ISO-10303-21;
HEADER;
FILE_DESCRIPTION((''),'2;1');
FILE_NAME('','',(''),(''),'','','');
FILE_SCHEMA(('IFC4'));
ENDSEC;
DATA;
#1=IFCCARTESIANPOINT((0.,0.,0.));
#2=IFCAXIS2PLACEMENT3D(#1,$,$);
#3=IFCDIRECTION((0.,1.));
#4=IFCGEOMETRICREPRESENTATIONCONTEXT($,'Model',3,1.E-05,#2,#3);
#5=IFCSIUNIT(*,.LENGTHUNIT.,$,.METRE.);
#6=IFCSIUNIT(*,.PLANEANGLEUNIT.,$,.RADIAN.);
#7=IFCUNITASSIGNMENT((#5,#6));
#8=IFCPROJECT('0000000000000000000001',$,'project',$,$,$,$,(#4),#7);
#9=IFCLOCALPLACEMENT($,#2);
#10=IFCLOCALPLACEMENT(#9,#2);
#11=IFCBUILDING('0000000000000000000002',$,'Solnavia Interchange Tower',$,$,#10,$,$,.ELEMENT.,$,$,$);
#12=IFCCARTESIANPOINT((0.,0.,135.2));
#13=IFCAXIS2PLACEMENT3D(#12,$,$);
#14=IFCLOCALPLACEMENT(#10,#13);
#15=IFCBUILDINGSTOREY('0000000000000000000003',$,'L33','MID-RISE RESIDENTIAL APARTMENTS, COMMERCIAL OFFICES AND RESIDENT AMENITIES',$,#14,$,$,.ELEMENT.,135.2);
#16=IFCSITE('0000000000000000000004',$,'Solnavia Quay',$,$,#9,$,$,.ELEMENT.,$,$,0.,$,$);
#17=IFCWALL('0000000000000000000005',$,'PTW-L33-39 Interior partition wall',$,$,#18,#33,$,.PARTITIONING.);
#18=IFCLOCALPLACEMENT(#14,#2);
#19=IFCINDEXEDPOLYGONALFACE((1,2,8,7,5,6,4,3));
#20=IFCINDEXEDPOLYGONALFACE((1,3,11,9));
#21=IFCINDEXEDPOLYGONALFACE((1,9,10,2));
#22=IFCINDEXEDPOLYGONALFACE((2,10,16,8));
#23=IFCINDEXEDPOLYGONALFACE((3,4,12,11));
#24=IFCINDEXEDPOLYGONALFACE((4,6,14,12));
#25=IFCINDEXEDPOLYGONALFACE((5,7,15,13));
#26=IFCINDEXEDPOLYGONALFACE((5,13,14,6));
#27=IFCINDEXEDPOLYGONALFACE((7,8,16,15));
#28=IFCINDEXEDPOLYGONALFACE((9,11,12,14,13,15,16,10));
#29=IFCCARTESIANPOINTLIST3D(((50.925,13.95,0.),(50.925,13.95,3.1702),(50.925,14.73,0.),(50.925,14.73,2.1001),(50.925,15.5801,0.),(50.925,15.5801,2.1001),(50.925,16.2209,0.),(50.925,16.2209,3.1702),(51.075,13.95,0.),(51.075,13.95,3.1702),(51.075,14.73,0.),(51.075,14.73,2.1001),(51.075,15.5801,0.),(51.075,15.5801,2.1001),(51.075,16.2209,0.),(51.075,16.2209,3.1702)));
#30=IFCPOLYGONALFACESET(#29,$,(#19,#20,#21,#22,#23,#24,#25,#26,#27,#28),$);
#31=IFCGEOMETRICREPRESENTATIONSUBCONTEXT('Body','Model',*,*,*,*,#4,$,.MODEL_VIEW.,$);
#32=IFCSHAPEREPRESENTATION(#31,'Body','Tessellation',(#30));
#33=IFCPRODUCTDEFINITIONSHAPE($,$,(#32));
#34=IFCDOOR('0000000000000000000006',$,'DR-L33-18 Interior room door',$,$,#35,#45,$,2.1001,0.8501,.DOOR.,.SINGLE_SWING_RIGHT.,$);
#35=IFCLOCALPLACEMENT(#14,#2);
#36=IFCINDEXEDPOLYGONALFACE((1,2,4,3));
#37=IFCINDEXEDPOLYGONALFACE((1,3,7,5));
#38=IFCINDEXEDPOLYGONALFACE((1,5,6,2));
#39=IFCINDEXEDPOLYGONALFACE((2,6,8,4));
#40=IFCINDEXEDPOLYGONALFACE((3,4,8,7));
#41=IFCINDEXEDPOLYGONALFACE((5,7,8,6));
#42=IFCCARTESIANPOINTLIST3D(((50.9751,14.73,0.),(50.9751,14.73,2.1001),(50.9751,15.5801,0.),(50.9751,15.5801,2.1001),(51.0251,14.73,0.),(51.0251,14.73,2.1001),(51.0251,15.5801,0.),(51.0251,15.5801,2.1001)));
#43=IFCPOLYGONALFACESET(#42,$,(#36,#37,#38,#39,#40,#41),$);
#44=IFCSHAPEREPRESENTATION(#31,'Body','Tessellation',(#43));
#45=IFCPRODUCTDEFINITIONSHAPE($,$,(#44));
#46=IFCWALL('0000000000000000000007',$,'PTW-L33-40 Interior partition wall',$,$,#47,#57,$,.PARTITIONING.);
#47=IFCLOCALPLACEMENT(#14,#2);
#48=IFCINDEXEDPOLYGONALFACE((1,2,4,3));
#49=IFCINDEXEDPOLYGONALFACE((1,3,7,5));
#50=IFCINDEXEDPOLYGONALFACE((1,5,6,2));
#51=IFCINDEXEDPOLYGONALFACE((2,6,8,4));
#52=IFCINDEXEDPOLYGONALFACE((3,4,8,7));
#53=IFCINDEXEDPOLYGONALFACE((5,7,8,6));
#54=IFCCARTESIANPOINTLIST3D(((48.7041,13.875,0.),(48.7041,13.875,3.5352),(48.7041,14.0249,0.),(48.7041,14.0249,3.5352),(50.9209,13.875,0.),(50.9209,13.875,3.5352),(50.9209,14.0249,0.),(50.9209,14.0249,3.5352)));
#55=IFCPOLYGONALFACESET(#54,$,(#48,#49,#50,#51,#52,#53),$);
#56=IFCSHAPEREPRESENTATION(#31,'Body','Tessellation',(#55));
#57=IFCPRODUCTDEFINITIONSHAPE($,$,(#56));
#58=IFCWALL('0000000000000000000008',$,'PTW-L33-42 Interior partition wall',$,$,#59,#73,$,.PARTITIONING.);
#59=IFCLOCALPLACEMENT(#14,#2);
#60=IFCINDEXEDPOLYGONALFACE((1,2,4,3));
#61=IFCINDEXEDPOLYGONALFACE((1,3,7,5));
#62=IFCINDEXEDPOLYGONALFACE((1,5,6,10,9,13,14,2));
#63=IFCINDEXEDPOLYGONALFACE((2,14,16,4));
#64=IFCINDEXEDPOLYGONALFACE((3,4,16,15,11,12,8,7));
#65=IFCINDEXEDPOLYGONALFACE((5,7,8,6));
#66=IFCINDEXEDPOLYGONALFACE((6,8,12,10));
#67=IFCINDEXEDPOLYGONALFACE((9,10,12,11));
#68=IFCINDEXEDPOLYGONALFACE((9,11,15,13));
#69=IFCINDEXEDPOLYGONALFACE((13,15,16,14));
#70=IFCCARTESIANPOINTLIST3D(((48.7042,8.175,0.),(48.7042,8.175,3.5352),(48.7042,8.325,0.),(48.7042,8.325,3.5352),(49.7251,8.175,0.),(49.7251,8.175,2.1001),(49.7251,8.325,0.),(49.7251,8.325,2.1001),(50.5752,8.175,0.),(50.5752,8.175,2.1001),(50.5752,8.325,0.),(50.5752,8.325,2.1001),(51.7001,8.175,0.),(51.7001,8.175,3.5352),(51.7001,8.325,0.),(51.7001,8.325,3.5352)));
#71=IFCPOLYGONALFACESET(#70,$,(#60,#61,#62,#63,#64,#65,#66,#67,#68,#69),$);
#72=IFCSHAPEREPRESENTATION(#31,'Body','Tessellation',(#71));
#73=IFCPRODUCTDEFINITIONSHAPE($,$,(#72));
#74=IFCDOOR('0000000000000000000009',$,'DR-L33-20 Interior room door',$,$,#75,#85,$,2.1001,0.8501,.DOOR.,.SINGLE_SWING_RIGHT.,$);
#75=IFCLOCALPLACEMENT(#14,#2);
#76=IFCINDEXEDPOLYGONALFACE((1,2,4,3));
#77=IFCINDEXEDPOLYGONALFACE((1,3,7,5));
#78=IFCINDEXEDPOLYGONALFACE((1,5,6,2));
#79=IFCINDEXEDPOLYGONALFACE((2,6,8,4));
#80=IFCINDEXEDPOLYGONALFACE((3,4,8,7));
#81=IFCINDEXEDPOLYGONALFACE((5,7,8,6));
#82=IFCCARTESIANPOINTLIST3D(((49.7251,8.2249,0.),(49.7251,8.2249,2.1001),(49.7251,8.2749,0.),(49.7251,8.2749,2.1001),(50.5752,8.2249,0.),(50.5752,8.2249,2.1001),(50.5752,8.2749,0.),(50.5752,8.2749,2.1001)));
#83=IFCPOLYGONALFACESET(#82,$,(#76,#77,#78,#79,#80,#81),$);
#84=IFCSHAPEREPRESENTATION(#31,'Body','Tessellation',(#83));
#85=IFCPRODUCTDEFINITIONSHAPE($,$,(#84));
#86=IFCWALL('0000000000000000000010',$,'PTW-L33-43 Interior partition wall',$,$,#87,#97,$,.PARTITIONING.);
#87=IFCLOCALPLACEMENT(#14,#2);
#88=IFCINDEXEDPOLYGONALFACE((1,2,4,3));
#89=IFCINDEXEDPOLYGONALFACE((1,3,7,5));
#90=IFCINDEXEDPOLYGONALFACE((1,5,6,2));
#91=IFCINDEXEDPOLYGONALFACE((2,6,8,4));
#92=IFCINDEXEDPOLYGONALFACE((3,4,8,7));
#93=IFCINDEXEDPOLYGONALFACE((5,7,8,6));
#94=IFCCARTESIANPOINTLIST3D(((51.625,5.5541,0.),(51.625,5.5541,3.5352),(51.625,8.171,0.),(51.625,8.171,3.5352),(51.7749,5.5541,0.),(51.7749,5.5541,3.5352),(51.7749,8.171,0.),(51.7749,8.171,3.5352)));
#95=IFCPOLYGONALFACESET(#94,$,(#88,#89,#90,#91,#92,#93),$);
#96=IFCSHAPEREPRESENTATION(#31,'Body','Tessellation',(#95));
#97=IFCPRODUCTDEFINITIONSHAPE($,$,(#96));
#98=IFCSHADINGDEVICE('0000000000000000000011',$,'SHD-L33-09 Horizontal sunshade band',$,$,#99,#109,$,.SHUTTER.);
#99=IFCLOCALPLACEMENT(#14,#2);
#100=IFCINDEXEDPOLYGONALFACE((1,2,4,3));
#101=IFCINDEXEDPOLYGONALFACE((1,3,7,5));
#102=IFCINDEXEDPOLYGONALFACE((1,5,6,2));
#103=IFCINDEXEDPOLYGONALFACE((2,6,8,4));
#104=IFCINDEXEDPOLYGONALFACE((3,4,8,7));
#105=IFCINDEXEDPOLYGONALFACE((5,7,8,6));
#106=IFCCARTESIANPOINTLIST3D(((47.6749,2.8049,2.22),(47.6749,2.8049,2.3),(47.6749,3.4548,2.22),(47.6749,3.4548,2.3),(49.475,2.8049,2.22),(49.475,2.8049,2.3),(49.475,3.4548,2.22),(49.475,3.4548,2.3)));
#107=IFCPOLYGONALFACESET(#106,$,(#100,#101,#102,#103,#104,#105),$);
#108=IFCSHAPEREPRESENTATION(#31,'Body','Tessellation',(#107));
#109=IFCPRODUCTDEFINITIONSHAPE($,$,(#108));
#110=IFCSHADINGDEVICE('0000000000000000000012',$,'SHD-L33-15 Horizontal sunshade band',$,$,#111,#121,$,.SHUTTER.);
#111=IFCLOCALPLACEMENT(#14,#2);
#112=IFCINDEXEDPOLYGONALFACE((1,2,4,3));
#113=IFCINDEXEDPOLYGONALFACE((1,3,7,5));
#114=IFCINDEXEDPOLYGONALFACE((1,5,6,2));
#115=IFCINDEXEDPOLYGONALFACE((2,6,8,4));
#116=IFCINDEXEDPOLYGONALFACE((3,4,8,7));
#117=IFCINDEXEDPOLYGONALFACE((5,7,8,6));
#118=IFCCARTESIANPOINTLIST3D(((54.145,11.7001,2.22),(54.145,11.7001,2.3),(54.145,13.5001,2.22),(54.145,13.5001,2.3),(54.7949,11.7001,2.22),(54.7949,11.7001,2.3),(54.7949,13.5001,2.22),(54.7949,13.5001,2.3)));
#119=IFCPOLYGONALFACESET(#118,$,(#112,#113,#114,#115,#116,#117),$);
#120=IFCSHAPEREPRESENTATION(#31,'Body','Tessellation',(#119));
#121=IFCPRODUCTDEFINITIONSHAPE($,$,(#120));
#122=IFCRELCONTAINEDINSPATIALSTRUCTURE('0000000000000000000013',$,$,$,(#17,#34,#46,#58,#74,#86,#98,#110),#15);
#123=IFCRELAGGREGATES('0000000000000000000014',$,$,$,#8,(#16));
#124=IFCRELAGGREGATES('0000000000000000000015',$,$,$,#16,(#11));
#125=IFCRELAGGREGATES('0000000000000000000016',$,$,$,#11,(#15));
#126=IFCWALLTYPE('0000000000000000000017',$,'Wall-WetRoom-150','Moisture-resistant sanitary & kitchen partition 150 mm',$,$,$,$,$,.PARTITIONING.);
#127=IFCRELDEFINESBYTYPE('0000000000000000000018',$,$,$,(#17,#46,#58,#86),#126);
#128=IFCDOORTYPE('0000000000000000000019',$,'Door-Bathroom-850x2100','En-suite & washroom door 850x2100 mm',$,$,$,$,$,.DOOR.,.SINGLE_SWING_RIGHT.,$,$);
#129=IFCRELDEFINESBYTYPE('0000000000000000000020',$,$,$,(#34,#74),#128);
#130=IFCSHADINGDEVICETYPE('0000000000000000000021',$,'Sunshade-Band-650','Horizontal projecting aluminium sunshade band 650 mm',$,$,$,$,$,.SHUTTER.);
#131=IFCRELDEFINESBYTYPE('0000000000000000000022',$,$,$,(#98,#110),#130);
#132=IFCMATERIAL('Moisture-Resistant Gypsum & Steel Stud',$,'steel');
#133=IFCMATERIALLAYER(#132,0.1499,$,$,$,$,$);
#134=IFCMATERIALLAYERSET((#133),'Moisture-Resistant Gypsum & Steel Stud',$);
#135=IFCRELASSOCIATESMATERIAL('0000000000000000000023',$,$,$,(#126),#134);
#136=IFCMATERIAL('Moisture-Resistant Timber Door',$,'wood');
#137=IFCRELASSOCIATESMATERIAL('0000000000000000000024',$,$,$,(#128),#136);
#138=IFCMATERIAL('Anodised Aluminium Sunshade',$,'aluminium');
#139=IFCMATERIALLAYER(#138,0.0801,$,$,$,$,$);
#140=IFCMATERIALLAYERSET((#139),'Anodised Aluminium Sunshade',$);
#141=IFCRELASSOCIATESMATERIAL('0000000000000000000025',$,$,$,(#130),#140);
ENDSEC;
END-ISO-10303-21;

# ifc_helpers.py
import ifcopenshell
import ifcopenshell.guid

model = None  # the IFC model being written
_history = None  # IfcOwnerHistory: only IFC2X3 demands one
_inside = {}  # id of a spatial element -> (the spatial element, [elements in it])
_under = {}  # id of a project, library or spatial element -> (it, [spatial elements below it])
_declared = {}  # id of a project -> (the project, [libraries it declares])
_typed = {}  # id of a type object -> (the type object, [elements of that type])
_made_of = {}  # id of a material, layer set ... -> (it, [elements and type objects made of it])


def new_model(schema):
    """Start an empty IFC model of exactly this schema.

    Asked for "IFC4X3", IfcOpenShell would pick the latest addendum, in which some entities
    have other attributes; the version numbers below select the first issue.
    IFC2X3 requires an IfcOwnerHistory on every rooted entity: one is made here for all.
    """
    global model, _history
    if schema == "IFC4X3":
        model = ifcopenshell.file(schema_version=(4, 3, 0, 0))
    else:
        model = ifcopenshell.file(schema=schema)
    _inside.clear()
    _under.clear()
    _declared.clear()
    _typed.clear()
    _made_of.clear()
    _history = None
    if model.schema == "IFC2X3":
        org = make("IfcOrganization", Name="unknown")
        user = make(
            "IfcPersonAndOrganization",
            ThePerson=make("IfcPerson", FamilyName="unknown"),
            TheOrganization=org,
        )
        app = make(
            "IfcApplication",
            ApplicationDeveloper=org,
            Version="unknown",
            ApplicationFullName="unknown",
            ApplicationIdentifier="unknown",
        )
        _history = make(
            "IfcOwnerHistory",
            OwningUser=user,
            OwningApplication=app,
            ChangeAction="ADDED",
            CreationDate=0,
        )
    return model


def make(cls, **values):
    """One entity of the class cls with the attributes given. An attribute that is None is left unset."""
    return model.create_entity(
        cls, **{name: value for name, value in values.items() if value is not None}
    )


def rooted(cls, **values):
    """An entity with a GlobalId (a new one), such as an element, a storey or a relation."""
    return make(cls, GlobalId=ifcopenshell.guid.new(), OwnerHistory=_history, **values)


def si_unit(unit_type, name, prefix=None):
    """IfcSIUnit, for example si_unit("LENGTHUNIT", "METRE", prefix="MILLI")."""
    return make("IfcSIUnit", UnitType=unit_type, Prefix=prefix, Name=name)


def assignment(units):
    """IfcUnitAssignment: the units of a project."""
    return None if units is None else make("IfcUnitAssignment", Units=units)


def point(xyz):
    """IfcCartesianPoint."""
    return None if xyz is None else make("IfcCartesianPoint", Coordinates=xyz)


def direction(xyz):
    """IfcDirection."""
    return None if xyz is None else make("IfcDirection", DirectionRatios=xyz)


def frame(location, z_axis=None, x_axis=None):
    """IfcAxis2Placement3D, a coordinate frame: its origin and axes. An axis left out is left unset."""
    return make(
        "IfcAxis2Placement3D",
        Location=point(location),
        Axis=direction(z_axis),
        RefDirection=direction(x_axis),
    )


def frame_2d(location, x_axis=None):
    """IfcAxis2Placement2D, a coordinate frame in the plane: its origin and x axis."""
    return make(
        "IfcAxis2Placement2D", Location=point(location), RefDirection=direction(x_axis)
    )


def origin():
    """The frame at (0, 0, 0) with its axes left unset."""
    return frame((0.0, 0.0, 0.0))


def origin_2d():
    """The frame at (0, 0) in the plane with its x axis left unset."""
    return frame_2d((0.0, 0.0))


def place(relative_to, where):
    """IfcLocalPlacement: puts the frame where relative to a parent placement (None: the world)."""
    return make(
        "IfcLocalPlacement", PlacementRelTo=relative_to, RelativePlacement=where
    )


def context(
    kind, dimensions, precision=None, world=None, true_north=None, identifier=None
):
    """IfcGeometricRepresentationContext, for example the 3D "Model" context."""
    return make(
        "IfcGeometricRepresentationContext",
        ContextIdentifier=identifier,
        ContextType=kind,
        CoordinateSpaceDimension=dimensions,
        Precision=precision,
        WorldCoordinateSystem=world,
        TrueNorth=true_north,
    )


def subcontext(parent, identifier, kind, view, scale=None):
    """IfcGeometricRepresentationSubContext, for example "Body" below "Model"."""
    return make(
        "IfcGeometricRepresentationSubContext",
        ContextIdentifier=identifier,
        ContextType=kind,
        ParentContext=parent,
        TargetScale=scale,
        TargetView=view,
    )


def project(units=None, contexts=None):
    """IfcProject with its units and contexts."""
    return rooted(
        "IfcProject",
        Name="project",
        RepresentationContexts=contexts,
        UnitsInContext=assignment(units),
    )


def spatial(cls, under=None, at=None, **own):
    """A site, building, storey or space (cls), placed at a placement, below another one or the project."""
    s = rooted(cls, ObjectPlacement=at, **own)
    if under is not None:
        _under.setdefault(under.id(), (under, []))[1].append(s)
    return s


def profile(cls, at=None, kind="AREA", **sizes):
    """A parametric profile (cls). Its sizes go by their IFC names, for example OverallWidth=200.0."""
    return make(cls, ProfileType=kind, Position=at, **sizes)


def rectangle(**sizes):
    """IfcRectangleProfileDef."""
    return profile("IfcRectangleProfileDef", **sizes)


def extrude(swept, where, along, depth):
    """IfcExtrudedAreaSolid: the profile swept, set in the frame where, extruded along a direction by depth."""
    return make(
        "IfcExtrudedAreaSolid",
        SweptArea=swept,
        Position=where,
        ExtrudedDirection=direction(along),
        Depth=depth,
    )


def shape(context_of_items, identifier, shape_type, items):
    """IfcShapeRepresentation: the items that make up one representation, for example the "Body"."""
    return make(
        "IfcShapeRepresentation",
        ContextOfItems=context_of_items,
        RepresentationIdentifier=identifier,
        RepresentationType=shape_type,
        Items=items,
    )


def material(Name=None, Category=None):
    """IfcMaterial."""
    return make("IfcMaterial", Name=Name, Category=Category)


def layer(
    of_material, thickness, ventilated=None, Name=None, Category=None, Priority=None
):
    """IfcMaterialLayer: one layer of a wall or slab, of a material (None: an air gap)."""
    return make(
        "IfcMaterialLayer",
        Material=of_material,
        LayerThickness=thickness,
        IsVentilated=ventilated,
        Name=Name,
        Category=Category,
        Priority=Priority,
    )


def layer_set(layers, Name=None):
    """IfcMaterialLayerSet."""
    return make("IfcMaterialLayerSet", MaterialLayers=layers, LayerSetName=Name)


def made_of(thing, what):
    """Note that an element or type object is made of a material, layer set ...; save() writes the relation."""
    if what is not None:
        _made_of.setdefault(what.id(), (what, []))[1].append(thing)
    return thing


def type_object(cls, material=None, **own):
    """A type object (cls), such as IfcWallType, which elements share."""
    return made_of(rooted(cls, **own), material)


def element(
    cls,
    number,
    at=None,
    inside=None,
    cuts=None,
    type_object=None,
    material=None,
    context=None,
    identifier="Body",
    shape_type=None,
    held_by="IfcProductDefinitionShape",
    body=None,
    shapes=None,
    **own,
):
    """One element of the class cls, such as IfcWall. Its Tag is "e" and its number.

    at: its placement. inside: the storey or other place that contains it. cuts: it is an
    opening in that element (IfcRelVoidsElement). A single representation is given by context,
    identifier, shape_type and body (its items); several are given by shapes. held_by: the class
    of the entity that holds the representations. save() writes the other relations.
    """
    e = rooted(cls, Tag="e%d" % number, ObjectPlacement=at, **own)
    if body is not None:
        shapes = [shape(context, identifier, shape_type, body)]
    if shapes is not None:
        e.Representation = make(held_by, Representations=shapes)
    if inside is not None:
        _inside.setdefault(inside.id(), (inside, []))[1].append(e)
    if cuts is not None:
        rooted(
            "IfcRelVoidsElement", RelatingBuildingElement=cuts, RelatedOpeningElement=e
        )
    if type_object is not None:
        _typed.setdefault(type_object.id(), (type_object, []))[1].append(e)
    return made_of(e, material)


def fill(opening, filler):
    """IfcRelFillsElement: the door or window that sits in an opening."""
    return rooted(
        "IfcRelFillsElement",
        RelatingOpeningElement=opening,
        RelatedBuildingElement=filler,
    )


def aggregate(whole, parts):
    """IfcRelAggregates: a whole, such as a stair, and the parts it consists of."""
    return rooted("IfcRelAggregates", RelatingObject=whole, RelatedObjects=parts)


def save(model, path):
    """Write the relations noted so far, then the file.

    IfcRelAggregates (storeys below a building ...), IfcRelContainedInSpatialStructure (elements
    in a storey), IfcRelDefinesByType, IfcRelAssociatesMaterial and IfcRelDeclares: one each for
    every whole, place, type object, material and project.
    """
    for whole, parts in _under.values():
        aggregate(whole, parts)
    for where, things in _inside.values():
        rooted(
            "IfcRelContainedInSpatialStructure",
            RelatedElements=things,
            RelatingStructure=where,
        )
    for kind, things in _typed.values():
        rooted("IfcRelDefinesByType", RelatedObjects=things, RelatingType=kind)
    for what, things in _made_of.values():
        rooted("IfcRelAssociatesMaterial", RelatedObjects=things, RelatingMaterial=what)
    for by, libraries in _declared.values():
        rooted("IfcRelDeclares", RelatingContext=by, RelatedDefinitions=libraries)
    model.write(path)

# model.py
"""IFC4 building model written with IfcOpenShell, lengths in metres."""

from ifc_helpers import new_model, si_unit, direction, frame, frame_2d, origin, origin_2d, place, context, subcontext, project, spatial, rectangle, extrude, material, layer, layer_set, type_object, element, fill, save


model = new_model("IFC4")

# Units and contexts
model_context = context("Model", 3, precision=1e-05, world=origin(), true_north=direction((0.0, 1.0)))
body_context = subcontext(model_context, "Body", "Model", "MODEL_VIEW")
ifc_project = project(units=[si_unit("LENGTHUNIT", "METRE"), si_unit("PLANEANGLEUNIT", "RADIAN")], contexts=[model_context])

# Site, building, storey
site_placement = place(None, origin())
site = spatial("IfcSite", under=ifc_project, at=site_placement, Name="Solnavia Quay", CompositionType="ELEMENT", RefElevation=0.0)
building_placement = place(site_placement, origin())
building = spatial("IfcBuilding", under=site, at=building_placement, Name="Solnavia Interchange Tower", CompositionType="ELEMENT")
storey_placement = place(building_placement, frame((0.0, 0.0, 135.2)))
storey = spatial("IfcBuildingStorey", under=building, at=storey_placement, Name="L33", Description="MID-RISE RESIDENTIAL APARTMENTS, COMMERCIAL OFFICES AND RESIDENT AMENITIES", CompositionType="ELEMENT", Elevation=135.2)

# Wall, opening, door
ifc_material_1 = material(Name="Moisture-Resistant Gypsum & Steel Stud", Category="steel")
ifc_layer_1 = layer(ifc_material_1, 0.1499)
ifc_layer_set_1 = layer_set([ifc_layer_1], Name="Moisture-Resistant Gypsum & Steel Stud")
wall_type_1 = type_object("IfcWallType", Name="Wall-WetRoom-150", Description="Moisture-resistant sanitary & kitchen partition 150 mm", PredefinedType="PARTITIONING", material=ifc_layer_set_1)
wall_1_placement = place(storey_placement, frame((51.0, 13.95, 0.0), z_axis=(0.0, 0.0, 1.0), x_axis=(0.0, 1.0, 0.0)))
wall_1 = element("IfcWall", 1, at=wall_1_placement, inside=storey, type_object=wall_type_1, Name="PTW-L33-39 Interior partition wall", PredefinedType="PARTITIONING", context=body_context, shape_type="SweptSolid", body=[
    extrude(rectangle(XDim=2.271, YDim=0.1499, at=frame_2d((1.1355, 0.0))), origin(), (0.0, 0.0, 1.0), 3.1702),
])
opening_1_placement = place(wall_1_placement, frame((0.78, 0.0, 0.0)))
opening_1 = element("IfcOpeningElement", 2, at=opening_1_placement, cuts=wall_1, PredefinedType="OPENING", context=body_context, shape_type="SweptSolid", body=[
    extrude(rectangle(XDim=0.8501, YDim=2.1001, at=frame_2d((0.425, 1.05))), frame((0.0, 0.085, 0.0), z_axis=(0.0, -1.0, 0.0), x_axis=(1.0, 0.0, 0.0)), (0.0, 0.0, 1.0), 0.1699),
])
ifc_material_2 = material(Name="Moisture-Resistant Timber Door", Category="wood")
door_type = type_object("IfcDoorType", Name="Door-Bathroom-850x2100", Description="En-suite & washroom door 850x2100 mm", OperationType="SINGLE_SWING_RIGHT", PredefinedType="DOOR", material=ifc_material_2)
door_1_placement = place(opening_1_placement, origin())
door_1 = element("IfcDoor", 3, at=door_1_placement, inside=storey, type_object=door_type, Name="DR-L33-18 Interior room door", OperationType="SINGLE_SWING_RIGHT", OverallHeight=2.1001, OverallWidth=0.8501, PredefinedType="DOOR", context=body_context, shape_type="SweptSolid", body=[
    extrude(rectangle(XDim=0.8501, YDim=2.1001, at=frame_2d((0.425, 1.05))), frame((0.0, 0.0249, 0.0), z_axis=(0.0, -1.0, 0.0), x_axis=(1.0, 0.0, 0.0)), (0.0, 0.0, 1.0), 0.05),
])
fill(opening_1, door_1)

# Wall
wall_2_placement = place(storey_placement, frame((48.7041, 13.95, 0.0), z_axis=(0.0, 0.0, 1.0), x_axis=(1.0, 0.0, 0.0)))
element("IfcWall", 4, at=wall_2_placement, inside=storey, type_object=wall_type_1, Name="PTW-L33-40 Interior partition wall", PredefinedType="PARTITIONING", context=body_context, shape_type="SweptSolid", body=[
    extrude(rectangle(XDim=2.2168, YDim=0.1499, at=frame_2d((1.1084, 0.0))), origin(), (0.0, 0.0, 1.0), 3.5352),
])

# Wall, opening, door
wall_3_placement = place(storey_placement, frame((48.7041, 8.25, 0.0), z_axis=(0.0, 0.0, 1.0), x_axis=(1.0, 0.0, 0.0)))
wall_3 = element("IfcWall", 5, at=wall_3_placement, inside=storey, type_object=wall_type_1, Name="PTW-L33-42 Interior partition wall", PredefinedType="PARTITIONING", context=body_context, shape_type="SweptSolid", body=[
    extrude(rectangle(XDim=2.9958, YDim=0.1499, at=frame_2d((1.498, 0.0))), origin(), (0.0, 0.0, 1.0), 3.5352),
])
opening_2_placement = place(wall_3_placement, frame((1.021, 0.0, 0.0)))
opening_2 = element("IfcOpeningElement", 6, at=opening_2_placement, cuts=wall_3, PredefinedType="OPENING", context=body_context, shape_type="SweptSolid", body=[
    extrude(rectangle(XDim=0.8501, YDim=2.1001, at=frame_2d((0.425, 1.05))), frame((0.0, 0.085, 0.0), z_axis=(0.0, -1.0, 0.0), x_axis=(1.0, 0.0, 0.0)), (0.0, 0.0, 1.0), 0.1699),
])
door_2_placement = place(opening_2_placement, origin())
door_2 = element("IfcDoor", 7, at=door_2_placement, inside=storey, type_object=door_type, Name="DR-L33-20 Interior room door", OperationType="SINGLE_SWING_RIGHT", OverallHeight=2.1001, OverallWidth=0.8501, PredefinedType="DOOR", context=body_context, shape_type="SweptSolid", body=[
    extrude(rectangle(XDim=0.8501, YDim=2.1001, at=frame_2d((0.425, 1.05))), frame((0.0, 0.0249, 0.0), z_axis=(0.0, -1.0, 0.0), x_axis=(1.0, 0.0, 0.0)), (0.0, 0.0, 1.0), 0.05),
])
fill(opening_2, door_2)

# Wall
wall_4_placement = place(storey_placement, frame((51.7, 5.554, 0.0), z_axis=(0.0, 0.0, 1.0), x_axis=(0.0, 1.0, 0.0)))
element("IfcWall", 8, at=wall_4_placement, inside=storey, type_object=wall_type_1, Name="PTW-L33-43 Interior partition wall", PredefinedType="PARTITIONING", context=body_context, shape_type="SweptSolid", body=[
    extrude(rectangle(XDim=2.6169, YDim=0.1499, at=frame_2d((1.3086, 0.0))), origin(), (0.0, 0.0, 1.0), 3.5352),
])

# Shading devices
ifc_material_3 = material(Name="Anodised Aluminium Sunshade", Category="aluminium")
ifc_layer_2 = layer(ifc_material_3, 0.0801)
ifc_layer_set_2 = layer_set([ifc_layer_2], Name="Anodised Aluminium Sunshade")
shading_device_type = type_object("IfcShadingDeviceType", Name="Sunshade-Band-650", Description="Horizontal projecting aluminium sunshade band 650 mm", PredefinedType="SHUTTER", material=ifc_layer_set_2)
for number, where, z_axis, x_axis, name in (
    (9, (48.575, 3.1299, 2.22), (0.0, 0.0, 1.0), (-1.0, 0.0, 0.0), "SHD-L33-09 Horizontal sunshade band"),
    (10, (54.47, 12.6001, 2.22), (0.0, 0.0, 1.0), (0.0, -1.0, 0.0), "SHD-L33-15 Horizontal sunshade band"),
):
    element("IfcShadingDevice", number, at=place(storey_placement, frame(where, z_axis=z_axis, x_axis=x_axis)), inside=storey, type_object=shading_device_type, Name=name, PredefinedType="SHUTTER", context=body_context, shape_type="SweptSolid", body=[
        extrude(rectangle(XDim=1.8, YDim=0.6499, at=origin_2d()), origin(), (0.0, 0.0, 1.0), 0.0801),
    ])

save(model, "model.ifc")
